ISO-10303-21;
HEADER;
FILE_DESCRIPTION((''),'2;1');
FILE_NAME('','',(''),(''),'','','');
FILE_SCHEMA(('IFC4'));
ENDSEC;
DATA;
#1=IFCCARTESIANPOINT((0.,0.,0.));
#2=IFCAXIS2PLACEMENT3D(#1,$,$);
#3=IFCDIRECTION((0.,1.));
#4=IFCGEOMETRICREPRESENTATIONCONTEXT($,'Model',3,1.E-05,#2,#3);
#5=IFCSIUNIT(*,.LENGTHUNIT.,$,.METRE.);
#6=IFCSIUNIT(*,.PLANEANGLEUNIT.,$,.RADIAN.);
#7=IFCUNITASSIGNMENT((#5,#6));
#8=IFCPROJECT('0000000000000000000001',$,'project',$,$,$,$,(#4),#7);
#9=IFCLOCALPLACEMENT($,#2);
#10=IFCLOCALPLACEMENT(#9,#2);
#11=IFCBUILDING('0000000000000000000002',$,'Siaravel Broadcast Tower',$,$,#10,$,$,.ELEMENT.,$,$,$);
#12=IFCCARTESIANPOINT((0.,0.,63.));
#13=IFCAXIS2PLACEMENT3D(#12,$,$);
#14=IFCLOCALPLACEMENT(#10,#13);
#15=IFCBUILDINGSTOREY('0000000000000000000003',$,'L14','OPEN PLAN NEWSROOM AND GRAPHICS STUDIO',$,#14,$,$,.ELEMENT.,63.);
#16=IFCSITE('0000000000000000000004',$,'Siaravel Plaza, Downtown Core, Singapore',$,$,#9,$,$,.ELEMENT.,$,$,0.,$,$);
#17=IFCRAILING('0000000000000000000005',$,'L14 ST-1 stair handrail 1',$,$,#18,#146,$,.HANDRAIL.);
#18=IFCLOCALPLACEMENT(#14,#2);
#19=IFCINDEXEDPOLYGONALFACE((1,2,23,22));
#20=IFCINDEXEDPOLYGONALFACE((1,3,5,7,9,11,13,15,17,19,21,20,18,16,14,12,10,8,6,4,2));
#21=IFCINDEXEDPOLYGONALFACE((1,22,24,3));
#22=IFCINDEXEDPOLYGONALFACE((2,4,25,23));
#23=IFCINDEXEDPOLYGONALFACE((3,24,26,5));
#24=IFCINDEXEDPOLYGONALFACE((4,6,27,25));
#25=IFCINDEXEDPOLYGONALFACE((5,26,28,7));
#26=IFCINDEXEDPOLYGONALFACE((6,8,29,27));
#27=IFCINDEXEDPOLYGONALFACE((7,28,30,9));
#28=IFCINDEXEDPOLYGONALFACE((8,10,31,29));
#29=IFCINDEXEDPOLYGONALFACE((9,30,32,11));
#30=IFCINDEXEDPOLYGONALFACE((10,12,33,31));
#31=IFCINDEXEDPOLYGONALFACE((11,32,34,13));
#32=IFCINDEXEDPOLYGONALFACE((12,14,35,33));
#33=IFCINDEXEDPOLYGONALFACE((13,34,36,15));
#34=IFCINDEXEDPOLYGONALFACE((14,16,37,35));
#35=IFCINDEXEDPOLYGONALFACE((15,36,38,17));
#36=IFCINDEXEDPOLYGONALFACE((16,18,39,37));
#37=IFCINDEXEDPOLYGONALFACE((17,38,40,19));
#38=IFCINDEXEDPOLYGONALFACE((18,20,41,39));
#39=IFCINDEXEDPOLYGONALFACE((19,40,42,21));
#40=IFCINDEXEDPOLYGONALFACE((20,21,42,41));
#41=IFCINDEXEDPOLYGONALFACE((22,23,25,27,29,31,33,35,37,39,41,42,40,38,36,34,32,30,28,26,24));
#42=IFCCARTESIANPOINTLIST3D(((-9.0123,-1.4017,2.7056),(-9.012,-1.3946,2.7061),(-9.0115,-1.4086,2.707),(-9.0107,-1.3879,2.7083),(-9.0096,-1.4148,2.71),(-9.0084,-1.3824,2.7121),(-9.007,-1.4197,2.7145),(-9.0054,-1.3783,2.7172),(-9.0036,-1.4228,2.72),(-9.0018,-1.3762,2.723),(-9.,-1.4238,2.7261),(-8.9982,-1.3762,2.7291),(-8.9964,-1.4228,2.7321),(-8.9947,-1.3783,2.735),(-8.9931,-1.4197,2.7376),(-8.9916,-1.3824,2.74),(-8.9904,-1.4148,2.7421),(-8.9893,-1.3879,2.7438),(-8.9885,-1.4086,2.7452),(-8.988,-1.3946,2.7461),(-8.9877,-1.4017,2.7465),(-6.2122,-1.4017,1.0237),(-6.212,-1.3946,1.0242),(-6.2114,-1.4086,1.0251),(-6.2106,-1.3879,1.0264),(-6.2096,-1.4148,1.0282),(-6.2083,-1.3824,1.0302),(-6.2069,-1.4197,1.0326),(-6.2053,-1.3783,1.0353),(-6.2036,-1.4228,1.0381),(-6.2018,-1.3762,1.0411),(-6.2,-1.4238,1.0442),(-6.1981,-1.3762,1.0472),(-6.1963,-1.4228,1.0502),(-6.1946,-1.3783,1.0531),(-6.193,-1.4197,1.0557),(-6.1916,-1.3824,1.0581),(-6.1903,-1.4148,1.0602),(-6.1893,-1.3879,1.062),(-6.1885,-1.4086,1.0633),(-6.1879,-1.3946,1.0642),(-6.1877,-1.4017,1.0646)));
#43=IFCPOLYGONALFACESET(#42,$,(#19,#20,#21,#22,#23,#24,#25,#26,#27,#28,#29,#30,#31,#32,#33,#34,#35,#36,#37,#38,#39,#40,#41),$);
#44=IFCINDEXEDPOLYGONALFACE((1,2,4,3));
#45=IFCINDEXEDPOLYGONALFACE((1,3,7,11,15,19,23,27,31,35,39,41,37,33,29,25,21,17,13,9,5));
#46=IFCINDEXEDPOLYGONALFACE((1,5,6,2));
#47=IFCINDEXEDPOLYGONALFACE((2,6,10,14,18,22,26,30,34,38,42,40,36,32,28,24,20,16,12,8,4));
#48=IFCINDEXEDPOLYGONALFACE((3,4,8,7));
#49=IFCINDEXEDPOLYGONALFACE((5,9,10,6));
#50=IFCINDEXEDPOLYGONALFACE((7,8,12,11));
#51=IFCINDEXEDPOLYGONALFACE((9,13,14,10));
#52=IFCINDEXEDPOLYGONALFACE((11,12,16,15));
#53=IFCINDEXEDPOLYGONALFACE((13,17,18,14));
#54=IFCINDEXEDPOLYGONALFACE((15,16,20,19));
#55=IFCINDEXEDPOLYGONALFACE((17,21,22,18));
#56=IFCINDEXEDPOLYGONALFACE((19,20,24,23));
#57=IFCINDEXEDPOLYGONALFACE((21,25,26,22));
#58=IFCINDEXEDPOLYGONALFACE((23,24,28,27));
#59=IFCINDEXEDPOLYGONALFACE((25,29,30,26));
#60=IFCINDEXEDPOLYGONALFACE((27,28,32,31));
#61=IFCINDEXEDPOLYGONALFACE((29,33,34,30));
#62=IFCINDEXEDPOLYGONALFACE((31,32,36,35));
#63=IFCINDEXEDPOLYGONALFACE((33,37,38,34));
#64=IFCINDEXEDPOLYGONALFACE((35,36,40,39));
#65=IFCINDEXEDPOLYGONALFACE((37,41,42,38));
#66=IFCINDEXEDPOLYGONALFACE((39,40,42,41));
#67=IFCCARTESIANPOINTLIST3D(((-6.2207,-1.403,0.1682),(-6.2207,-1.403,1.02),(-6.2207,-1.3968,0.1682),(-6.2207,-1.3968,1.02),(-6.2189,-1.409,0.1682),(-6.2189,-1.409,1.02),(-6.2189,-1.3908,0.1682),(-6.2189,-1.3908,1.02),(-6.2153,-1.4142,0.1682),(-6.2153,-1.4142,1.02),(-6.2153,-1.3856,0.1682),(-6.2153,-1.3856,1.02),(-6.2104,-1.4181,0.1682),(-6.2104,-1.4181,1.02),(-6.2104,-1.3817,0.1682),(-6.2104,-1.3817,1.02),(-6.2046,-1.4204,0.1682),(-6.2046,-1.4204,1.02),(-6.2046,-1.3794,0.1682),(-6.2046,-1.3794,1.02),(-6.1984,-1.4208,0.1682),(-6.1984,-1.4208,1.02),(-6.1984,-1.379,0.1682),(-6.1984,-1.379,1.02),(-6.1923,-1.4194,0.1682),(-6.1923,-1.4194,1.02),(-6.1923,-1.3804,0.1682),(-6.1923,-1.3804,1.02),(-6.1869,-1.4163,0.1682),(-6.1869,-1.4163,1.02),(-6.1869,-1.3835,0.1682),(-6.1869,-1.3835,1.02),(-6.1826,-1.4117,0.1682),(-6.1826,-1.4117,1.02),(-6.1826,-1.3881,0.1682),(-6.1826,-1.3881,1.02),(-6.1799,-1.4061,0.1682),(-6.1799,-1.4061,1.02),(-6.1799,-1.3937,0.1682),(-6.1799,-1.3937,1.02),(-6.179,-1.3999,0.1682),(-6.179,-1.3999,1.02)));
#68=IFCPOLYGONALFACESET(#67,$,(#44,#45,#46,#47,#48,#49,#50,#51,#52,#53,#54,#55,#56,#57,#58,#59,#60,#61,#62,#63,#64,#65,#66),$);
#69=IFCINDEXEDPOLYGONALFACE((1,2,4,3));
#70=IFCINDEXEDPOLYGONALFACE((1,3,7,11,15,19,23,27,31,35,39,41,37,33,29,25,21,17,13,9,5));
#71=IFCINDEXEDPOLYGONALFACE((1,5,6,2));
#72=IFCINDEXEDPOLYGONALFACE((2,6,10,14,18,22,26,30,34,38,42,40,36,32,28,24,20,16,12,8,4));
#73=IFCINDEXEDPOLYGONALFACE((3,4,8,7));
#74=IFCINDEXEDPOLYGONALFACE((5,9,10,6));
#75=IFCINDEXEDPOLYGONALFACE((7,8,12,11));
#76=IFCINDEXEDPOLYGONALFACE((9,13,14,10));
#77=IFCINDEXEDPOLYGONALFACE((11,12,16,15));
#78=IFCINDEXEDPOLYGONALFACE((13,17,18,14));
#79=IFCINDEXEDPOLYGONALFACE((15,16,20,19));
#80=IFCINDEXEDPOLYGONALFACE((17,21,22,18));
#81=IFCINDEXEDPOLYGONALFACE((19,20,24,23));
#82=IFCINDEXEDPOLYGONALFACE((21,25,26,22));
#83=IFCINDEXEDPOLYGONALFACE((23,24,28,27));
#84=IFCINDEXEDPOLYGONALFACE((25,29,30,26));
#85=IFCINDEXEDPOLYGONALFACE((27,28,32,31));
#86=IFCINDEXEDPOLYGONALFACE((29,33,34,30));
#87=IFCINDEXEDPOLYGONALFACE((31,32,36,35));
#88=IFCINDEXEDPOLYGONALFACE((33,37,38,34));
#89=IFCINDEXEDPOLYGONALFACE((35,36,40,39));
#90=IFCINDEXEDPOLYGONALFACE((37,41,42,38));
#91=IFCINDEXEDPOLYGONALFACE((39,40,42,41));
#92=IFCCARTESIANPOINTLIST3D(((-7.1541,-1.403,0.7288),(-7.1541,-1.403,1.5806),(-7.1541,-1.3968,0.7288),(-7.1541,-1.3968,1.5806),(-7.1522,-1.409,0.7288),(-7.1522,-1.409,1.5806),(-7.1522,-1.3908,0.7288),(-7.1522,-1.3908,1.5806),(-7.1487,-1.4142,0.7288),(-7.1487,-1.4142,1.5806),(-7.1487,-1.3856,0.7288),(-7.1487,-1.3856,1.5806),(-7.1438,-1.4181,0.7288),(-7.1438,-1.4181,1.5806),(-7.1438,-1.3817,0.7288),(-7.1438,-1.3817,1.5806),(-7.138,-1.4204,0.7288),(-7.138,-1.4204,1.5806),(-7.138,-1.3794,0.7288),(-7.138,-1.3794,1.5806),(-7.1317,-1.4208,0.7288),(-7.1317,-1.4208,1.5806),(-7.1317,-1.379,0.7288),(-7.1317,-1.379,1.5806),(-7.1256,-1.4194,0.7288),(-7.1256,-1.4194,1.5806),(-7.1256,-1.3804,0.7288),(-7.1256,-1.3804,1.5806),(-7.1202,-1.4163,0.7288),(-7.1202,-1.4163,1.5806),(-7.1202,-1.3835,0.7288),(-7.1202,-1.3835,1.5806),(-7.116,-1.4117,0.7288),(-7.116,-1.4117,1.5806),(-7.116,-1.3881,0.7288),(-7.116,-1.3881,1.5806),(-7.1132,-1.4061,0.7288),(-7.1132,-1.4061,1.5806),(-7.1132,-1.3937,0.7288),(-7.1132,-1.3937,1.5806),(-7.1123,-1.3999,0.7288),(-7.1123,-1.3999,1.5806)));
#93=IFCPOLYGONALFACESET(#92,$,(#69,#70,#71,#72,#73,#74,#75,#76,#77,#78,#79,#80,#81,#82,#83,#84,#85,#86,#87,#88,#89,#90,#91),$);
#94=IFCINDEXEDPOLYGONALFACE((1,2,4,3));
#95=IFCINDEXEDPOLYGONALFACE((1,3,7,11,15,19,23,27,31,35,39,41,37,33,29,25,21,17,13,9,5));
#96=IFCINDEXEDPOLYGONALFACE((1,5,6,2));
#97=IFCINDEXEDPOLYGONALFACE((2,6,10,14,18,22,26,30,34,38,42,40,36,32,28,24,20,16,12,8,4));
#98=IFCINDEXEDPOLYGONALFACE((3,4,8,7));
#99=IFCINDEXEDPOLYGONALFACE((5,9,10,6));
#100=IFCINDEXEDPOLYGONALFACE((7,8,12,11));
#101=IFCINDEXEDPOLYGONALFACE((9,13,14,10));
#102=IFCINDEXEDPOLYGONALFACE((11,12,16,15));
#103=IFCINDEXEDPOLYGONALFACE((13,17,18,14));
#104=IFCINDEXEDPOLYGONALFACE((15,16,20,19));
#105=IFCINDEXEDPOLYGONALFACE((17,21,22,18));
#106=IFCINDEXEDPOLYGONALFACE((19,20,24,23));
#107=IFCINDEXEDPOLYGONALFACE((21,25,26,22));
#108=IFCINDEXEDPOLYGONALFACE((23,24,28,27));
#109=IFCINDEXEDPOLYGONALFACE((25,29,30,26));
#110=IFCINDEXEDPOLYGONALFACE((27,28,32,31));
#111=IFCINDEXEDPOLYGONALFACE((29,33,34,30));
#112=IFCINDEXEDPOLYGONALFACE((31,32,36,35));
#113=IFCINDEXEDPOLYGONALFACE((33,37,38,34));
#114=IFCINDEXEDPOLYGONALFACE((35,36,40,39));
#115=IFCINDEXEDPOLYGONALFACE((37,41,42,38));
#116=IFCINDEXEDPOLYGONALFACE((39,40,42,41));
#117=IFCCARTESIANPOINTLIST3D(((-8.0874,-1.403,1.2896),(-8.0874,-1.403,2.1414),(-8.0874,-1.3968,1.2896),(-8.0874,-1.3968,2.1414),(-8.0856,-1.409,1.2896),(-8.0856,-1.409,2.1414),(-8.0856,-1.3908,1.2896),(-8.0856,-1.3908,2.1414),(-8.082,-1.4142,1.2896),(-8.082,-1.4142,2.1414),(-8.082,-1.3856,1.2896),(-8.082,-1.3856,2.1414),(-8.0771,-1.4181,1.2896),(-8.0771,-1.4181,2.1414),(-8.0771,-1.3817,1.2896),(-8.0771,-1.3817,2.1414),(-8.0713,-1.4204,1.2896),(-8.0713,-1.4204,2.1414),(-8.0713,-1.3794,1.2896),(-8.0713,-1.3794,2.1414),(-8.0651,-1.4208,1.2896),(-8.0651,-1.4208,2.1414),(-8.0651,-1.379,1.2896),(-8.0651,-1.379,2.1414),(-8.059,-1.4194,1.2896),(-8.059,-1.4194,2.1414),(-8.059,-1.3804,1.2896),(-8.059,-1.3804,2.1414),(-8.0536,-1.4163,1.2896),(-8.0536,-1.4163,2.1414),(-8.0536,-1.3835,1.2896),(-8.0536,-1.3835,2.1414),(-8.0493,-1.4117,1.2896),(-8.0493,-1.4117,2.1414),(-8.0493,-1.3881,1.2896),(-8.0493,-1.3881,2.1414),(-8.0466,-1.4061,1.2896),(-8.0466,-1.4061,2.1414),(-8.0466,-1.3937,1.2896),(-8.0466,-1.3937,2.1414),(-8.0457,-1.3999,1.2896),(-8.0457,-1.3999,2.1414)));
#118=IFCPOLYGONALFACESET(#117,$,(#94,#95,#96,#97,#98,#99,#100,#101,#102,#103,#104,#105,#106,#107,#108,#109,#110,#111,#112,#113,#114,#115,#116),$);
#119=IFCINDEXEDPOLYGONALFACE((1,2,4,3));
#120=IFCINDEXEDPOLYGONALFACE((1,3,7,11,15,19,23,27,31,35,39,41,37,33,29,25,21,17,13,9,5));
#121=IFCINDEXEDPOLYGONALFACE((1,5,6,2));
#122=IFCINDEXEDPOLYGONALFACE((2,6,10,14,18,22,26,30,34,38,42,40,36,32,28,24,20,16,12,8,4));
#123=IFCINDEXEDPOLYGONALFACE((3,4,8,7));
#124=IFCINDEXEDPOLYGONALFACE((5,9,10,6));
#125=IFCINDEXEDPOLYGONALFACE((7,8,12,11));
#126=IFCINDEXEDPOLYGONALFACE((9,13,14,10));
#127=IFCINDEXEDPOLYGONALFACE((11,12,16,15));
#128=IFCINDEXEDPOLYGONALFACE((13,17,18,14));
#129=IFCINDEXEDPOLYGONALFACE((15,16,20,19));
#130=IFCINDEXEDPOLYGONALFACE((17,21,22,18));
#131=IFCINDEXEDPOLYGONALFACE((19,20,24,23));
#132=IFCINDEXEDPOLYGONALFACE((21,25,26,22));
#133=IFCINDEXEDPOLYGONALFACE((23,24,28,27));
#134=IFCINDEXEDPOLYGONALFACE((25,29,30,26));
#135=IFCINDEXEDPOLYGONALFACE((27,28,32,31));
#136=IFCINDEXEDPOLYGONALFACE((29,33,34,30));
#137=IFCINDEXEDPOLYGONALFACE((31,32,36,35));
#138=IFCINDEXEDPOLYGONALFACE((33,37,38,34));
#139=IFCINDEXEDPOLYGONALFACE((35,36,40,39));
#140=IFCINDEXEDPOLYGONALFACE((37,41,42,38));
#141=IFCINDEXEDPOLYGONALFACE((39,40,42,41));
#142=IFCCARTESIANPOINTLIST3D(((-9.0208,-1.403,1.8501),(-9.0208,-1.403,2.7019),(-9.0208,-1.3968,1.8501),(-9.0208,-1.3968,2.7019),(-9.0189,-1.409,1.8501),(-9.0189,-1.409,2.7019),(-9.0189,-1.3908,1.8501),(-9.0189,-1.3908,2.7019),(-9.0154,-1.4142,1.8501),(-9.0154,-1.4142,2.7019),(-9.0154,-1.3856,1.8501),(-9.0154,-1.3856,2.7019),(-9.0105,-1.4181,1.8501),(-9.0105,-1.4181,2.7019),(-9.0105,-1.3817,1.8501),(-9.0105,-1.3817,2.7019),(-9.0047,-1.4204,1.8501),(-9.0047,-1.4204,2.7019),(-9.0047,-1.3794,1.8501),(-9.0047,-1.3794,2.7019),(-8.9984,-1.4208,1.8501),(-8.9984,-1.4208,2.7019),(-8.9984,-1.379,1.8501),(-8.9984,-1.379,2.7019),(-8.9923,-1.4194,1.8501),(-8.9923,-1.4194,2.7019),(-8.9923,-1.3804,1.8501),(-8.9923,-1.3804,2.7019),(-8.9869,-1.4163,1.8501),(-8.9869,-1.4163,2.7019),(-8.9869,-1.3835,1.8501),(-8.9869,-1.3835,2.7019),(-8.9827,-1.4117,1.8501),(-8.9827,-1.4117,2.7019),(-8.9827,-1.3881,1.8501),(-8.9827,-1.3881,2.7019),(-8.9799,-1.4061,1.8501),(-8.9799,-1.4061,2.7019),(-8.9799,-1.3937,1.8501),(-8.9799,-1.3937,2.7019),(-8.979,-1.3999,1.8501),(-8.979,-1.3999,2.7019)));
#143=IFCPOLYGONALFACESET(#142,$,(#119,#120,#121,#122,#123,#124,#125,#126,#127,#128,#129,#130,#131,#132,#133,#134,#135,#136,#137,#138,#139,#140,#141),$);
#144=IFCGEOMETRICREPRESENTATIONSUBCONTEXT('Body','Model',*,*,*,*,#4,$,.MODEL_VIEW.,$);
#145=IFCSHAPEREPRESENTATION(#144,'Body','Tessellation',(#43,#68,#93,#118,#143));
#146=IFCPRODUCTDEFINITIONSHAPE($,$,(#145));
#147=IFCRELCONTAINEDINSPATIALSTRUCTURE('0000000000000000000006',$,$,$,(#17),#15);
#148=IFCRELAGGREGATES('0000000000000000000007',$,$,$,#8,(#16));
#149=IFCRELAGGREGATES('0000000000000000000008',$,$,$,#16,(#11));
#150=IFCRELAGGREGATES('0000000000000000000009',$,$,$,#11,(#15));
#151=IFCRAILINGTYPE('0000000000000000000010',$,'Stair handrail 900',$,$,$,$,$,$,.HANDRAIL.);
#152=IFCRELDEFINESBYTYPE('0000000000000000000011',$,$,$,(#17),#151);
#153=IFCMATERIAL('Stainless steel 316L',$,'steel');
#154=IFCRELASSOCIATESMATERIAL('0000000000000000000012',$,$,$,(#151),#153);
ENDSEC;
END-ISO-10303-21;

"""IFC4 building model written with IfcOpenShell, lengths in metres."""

from ifc_helpers import new_model, si_unit, direction, frame, origin, origin_2d, place, context, subcontext, project, spatial, circle, extrude, material, type_object, element, save


model = new_model("IFC4")

# Units and contexts
model_context = context("Model", 3, precision=1e-05, world=origin(), true_north=direction((0.0, 1.0)))
body_context = subcontext(model_context, "Body", "Model", "MODEL_VIEW")
ifc_project = project(units=[si_unit("LENGTHUNIT", "METRE"), si_unit("PLANEANGLEUNIT", "RADIAN")], contexts=[model_context])

# Site, building, storey
site_placement = place(None, origin())
site = spatial("IfcSite", under=ifc_project, at=site_placement, Name="Siaravel Plaza, Downtown Core, Singapore", CompositionType="ELEMENT", RefElevation=0.0)
building_placement = place(site_placement, origin())
building = spatial("IfcBuilding", under=site, at=building_placement, Name="Siaravel Broadcast Tower", CompositionType="ELEMENT")
storey_placement = place(building_placement, frame((0.0, 0.0, 63.0)))
storey = spatial("IfcBuildingStorey", under=building, at=storey_placement, Name="L14", Description="OPEN PLAN NEWSROOM AND GRAPHICS STUDIO", CompositionType="ELEMENT", Elevation=63.0)

# Railing
ifc_material_1 = material(Name="Stainless steel 316L", Category="steel")
railing_type_1 = type_object("IfcRailingType", Name="Stair handrail 900", PredefinedType="HANDRAIL", material=ifc_material_1)
railing_1_placement = place(storey_placement, frame((-6.2, -1.3999, 0.1682)))
element("IfcRailing", 1, at=railing_1_placement, inside=storey, type_object=railing_type_1, Name="L14 ST-1 stair handrail 1", PredefinedType="HANDRAIL", context=body_context, shape_type="SweptSolid", body=[
    extrude(circle(Radius=0.0239, at=origin_2d()), frame((0.0, 0.0, 0.876), z_axis=(-0.857242, 0.0, 0.514913), x_axis=(0.0, -1.0, 0.0)), (0.0, 0.0, 1.0), 3.2664),
    extrude(circle(Radius=0.021, at=origin_2d()), origin(), (0.0, 0.0, 1.0), 0.8518),
    extrude(circle(Radius=0.021, at=origin_2d()), frame((-0.9333, 0.0, 0.5605)), (0.0, 0.0, 1.0), 0.8518),
    extrude(circle(Radius=0.021, at=origin_2d()), frame((-1.8667, 0.0, 1.1213)), (0.0, 0.0, 1.0), 0.8518),
    extrude(circle(Radius=0.021, at=origin_2d()), frame((-2.8, 0.0, 1.6819)), (0.0, 0.0, 1.0), 0.8518),
])

save(model, "model.ifc")
